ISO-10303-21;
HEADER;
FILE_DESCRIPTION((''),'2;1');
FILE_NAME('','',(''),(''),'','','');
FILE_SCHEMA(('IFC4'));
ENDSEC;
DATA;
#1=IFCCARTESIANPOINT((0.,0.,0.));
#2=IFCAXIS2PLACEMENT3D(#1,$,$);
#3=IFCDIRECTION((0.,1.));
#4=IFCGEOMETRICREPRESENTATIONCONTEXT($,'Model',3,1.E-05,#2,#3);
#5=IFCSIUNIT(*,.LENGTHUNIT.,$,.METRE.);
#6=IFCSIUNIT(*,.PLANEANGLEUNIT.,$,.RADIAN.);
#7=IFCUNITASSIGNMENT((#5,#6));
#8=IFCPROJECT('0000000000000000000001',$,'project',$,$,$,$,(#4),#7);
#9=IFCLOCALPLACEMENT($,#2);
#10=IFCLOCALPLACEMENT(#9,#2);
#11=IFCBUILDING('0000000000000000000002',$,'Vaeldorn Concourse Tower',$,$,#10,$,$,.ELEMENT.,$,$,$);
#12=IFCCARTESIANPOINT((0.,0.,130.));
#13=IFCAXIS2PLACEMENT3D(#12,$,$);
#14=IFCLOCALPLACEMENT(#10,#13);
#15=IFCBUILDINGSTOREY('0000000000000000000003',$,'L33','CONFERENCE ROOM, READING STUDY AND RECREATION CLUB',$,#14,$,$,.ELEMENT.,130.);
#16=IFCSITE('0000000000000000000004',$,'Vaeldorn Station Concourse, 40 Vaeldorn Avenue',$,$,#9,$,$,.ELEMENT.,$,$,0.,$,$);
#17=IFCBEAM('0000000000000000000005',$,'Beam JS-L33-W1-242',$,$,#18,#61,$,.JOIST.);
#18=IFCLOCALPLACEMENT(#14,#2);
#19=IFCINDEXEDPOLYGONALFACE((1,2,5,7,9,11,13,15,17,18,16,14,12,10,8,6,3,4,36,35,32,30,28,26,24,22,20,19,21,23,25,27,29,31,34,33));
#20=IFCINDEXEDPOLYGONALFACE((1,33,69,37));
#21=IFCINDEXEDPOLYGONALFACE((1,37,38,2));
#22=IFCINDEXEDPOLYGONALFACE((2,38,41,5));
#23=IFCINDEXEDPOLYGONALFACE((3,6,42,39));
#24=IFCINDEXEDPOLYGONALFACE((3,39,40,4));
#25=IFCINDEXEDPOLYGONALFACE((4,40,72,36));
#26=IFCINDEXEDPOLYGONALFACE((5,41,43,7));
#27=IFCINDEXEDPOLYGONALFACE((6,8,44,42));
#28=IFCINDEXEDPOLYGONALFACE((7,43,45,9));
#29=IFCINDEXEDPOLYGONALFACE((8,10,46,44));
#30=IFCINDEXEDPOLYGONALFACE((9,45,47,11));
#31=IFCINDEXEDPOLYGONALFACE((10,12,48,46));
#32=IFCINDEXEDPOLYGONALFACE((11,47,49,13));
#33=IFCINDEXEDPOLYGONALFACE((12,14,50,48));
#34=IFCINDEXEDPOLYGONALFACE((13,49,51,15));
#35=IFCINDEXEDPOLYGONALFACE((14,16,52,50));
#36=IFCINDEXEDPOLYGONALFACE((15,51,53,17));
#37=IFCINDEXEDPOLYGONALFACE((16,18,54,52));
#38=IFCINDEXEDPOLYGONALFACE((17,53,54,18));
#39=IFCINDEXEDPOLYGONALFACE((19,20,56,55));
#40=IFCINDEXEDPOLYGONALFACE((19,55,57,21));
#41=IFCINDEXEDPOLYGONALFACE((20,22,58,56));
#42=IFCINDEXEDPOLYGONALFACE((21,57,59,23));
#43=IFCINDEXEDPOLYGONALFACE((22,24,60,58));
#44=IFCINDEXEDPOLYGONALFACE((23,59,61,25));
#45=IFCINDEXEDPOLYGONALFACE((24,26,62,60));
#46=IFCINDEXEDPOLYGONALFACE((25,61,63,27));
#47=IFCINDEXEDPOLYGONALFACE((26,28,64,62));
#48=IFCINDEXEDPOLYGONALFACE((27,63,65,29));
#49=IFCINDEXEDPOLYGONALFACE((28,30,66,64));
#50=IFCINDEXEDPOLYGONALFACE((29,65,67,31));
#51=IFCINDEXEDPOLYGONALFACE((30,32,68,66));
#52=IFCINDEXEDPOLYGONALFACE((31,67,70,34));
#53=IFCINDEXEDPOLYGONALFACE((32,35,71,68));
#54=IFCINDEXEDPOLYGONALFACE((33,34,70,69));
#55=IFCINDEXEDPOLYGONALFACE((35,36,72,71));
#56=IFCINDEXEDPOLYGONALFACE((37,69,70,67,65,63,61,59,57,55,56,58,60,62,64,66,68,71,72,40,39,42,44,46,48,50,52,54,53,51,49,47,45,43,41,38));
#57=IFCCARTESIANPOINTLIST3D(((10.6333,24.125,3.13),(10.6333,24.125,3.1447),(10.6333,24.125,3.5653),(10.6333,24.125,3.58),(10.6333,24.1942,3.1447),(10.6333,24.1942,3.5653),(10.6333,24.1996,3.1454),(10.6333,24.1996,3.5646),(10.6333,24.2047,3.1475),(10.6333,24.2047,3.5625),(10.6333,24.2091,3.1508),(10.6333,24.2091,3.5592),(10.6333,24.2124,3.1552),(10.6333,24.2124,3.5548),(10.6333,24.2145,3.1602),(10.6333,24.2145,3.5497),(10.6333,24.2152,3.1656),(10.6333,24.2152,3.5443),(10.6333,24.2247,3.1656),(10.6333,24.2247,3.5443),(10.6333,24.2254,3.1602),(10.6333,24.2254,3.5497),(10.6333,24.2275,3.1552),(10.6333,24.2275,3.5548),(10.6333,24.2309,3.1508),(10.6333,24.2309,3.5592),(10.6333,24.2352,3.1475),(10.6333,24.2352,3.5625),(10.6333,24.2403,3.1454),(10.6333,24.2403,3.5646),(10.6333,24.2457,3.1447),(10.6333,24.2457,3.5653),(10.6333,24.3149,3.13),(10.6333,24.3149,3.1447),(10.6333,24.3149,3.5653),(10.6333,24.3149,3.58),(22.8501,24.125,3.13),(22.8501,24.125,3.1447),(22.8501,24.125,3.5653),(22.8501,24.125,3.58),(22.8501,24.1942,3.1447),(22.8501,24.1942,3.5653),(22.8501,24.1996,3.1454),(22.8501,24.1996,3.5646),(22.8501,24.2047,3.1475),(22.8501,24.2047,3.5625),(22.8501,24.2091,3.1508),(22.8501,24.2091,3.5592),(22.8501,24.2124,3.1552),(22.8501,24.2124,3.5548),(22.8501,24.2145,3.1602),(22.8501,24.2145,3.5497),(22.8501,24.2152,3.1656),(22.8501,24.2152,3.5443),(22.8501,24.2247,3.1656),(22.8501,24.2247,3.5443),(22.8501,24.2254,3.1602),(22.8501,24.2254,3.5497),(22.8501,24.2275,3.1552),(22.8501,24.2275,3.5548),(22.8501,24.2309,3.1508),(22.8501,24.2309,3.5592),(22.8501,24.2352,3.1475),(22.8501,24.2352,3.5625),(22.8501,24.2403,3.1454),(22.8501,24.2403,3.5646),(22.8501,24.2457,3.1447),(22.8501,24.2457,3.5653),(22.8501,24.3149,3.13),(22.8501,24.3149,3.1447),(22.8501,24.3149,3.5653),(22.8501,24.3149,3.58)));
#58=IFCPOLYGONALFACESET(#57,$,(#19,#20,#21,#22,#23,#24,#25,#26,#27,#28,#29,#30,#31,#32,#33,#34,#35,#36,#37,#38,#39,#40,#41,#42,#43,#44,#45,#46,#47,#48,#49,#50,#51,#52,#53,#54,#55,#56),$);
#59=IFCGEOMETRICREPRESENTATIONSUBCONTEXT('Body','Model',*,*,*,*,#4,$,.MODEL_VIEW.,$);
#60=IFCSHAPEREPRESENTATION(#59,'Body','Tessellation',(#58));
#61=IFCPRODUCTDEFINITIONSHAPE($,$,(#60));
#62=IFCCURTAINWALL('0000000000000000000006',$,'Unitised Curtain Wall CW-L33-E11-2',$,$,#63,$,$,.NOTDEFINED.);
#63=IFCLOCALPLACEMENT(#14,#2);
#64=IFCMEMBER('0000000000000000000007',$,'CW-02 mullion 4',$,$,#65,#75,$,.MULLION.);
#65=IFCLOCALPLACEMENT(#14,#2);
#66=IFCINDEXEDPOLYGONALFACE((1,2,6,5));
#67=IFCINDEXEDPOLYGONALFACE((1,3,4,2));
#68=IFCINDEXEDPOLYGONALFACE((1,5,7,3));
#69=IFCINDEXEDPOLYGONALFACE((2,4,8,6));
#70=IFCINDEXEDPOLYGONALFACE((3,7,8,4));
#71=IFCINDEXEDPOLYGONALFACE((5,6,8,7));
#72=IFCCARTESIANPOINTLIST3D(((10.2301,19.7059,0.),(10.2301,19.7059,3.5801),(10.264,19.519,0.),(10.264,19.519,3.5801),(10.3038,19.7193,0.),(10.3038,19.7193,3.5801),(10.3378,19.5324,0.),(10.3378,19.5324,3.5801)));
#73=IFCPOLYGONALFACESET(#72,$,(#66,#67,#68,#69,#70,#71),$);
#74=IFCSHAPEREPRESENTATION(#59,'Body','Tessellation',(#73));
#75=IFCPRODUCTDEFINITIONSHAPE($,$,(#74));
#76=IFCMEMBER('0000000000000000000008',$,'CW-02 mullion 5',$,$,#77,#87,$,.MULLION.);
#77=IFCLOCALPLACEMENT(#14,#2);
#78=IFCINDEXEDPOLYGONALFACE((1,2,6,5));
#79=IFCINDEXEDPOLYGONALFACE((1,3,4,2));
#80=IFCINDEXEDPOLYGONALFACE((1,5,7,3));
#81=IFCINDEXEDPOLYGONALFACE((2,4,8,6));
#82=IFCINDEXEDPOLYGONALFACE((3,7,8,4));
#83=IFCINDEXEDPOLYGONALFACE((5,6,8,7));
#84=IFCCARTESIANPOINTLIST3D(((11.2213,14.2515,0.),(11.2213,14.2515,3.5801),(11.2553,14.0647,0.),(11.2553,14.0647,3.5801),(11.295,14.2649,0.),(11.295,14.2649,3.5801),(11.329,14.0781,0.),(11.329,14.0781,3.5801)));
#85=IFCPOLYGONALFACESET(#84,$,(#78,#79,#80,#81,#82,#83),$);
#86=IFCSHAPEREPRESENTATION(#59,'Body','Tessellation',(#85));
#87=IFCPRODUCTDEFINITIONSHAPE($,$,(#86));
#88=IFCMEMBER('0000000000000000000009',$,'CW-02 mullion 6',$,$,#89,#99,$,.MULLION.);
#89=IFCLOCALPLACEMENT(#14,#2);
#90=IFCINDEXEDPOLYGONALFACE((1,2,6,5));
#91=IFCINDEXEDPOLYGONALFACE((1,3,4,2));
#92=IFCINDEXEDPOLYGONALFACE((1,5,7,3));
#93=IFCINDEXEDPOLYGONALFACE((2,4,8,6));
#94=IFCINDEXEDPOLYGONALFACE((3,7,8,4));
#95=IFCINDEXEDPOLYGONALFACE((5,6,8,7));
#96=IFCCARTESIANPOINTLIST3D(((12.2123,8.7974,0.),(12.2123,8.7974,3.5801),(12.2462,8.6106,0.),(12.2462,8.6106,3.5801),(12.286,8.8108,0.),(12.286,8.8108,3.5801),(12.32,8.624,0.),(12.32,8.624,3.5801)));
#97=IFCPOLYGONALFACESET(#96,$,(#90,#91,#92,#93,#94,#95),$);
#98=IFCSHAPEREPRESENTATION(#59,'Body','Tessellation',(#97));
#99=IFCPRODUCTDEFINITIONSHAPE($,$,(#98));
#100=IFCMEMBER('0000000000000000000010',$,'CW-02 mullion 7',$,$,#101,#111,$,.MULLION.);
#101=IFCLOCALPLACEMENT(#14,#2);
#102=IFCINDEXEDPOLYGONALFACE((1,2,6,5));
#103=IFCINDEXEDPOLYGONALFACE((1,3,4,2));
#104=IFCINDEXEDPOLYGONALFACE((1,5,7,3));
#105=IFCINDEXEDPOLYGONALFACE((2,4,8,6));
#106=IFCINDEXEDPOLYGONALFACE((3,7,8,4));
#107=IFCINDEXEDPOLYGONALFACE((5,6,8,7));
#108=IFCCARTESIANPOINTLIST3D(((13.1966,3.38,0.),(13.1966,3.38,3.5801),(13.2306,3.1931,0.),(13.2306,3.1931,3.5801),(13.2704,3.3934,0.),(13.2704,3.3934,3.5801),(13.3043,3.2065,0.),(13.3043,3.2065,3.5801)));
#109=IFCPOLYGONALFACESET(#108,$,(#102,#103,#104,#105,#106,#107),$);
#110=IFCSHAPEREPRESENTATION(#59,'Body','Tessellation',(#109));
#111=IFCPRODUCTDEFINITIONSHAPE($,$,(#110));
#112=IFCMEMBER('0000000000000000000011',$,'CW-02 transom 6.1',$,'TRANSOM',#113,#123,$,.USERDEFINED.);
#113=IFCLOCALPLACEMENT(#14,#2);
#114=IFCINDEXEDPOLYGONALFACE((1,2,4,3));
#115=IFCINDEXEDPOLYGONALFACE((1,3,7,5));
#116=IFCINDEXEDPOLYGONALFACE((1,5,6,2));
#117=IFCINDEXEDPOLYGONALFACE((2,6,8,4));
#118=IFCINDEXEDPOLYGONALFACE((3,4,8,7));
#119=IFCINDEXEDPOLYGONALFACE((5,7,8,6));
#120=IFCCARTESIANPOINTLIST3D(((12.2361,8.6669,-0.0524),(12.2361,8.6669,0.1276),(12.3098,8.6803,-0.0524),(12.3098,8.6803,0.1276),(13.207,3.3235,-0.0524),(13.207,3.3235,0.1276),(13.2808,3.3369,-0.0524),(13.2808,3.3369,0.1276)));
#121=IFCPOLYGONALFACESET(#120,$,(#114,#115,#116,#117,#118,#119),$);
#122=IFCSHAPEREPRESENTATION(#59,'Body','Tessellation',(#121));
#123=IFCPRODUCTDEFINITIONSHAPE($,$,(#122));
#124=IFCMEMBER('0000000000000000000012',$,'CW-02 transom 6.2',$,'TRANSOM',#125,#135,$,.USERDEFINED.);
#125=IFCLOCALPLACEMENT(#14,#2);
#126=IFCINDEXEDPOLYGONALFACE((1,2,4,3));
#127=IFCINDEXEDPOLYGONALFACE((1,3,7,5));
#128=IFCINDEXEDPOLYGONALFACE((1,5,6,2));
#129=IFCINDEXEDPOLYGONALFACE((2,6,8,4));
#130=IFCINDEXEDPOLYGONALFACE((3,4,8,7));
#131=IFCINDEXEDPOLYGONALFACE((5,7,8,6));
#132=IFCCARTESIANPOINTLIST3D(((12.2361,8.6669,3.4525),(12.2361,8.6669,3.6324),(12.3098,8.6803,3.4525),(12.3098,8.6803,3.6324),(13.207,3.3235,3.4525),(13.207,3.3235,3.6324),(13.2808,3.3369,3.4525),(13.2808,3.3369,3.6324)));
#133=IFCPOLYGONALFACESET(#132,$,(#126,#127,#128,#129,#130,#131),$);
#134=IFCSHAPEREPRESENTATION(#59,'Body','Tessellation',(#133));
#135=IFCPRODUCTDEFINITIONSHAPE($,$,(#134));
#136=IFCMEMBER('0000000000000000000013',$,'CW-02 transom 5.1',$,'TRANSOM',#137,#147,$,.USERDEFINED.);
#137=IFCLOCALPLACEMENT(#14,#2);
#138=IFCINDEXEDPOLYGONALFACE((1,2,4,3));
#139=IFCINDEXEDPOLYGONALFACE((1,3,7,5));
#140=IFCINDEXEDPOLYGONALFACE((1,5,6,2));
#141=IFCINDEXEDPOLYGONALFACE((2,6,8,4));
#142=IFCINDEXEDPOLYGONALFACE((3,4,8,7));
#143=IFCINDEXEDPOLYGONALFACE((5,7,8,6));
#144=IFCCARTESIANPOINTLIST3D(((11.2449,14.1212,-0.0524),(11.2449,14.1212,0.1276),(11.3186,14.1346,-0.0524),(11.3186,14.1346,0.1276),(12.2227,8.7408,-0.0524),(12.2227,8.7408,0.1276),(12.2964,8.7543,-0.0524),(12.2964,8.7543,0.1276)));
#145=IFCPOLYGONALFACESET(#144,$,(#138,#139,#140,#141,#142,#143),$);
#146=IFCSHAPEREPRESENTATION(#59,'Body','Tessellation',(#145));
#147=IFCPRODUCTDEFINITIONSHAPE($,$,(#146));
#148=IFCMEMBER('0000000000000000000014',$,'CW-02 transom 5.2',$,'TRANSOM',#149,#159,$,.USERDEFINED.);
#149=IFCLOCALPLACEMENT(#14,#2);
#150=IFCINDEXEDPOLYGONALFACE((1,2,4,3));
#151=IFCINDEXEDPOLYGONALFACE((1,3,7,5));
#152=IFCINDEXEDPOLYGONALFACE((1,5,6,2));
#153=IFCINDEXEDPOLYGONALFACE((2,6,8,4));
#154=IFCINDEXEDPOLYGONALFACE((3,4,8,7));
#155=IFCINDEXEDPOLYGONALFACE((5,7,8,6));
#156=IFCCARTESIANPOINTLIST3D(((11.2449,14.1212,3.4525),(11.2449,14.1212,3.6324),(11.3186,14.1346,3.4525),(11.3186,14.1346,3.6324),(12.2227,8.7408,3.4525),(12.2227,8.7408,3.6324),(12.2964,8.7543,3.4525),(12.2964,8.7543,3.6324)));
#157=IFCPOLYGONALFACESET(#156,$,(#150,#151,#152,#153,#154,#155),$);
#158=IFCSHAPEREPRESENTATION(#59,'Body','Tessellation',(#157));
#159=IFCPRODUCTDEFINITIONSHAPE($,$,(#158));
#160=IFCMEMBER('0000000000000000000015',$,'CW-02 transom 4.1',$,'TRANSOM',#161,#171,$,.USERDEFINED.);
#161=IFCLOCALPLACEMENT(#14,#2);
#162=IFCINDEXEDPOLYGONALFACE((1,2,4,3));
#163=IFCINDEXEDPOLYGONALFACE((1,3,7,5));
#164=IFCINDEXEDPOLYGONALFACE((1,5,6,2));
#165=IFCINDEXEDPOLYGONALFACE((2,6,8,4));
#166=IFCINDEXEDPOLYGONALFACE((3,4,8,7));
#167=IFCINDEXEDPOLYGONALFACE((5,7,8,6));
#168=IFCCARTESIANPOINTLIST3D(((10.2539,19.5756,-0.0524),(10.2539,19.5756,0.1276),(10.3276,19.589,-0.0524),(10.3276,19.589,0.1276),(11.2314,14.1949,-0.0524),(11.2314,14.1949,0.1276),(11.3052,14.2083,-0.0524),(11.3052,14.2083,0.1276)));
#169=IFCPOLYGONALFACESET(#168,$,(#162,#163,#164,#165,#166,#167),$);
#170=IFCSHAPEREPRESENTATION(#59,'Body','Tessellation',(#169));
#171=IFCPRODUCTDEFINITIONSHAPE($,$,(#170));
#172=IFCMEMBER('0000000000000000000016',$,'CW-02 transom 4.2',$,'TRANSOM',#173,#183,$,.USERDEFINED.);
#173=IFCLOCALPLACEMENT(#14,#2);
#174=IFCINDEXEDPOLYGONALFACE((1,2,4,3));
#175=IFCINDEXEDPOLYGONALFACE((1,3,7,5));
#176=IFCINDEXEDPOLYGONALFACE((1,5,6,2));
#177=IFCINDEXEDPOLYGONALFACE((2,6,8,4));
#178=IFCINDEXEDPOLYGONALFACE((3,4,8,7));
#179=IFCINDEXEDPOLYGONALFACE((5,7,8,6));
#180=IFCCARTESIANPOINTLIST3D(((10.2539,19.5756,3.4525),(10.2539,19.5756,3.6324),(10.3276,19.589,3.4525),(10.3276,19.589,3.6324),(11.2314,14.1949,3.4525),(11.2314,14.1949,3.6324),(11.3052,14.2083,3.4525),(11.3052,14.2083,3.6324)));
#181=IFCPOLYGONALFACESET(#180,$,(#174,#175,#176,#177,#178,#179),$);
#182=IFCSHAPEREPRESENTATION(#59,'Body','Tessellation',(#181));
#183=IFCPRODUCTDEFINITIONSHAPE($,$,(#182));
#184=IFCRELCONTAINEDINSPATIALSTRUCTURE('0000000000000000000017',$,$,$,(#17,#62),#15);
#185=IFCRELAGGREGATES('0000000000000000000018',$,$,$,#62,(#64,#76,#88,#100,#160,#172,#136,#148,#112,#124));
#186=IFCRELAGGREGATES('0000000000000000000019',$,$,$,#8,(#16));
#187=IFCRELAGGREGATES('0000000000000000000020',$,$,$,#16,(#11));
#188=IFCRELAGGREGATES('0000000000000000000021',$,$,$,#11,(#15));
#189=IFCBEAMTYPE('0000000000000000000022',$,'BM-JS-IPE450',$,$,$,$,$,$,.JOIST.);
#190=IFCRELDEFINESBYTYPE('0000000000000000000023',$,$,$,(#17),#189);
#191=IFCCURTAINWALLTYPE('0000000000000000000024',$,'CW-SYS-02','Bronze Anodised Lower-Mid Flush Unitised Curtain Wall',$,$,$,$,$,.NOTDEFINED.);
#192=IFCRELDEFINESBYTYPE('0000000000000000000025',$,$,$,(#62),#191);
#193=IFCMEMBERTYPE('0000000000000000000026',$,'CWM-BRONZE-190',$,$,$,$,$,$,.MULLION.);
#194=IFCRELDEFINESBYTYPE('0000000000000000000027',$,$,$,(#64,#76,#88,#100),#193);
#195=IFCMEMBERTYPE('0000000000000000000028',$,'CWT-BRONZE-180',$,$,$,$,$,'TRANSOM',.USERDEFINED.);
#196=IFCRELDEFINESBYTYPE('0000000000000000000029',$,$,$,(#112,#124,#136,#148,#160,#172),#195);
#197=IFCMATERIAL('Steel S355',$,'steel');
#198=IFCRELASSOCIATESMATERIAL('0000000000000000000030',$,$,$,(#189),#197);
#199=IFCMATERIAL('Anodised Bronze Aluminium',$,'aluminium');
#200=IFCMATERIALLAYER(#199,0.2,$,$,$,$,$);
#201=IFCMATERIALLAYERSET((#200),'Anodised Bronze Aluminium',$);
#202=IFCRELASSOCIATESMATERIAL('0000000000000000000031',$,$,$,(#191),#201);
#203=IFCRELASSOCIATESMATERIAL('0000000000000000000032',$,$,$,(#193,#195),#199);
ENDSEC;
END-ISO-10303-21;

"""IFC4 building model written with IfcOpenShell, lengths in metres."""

from ifc_helpers import new_model, si_unit, direction, frame, origin, origin_2d, place, context, subcontext, project, spatial, rectangle, i_section, extrude, source, transform, mapped, material, layer, layer_set, material_profile, profile_set, type_object, element, aggregate, save


model = new_model("IFC4")

# Units and contexts
model_context = context("Model", 3, precision=1e-05, world=origin(), true_north=direction((0.0, 1.0)))
body_context = subcontext(model_context, "Body", "Model", "MODEL_VIEW")
ifc_project = project(units=[si_unit("LENGTHUNIT", "METRE"), si_unit("PLANEANGLEUNIT", "RADIAN")], contexts=[model_context])

# Site, building, storey
site_placement = place(None, origin())
site = spatial("IfcSite", under=ifc_project, at=site_placement, Name="Vaeldorn Station Concourse, 40 Vaeldorn Avenue", CompositionType="ELEMENT", RefElevation=0.0)
building_placement = place(site_placement, origin())
building = spatial("IfcBuilding", under=site, at=building_placement, Name="Vaeldorn Concourse Tower", CompositionType="ELEMENT")
storey_placement = place(building_placement, frame((0.0, 0.0, 130.0)))
storey = spatial("IfcBuildingStorey", under=building, at=storey_placement, Name="L33", Description="CONFERENCE ROOM, READING STUDY AND RECREATION CLUB", CompositionType="ELEMENT", Elevation=130.0)

# Beam
ifc_material_1 = material(Name="Steel S355", Category="steel")
ifc_material_profile_1 = material_profile(ifc_material_1, i_section(OverallWidth=0.1899, OverallDepth=0.45, WebThickness=0.0095, FlangeThickness=0.0146, FilletRadius=0.021, at=origin_2d()), Name="IPE 450")
ifc_profile_set_1 = profile_set([ifc_material_profile_1], Name="Steel S355")
beam_type_1 = type_object("IfcBeamType", Name="BM-JS-IPE450", PredefinedType="JOIST", material=ifc_profile_set_1)
shared_shape_1 = source(origin(), body_context, "Body", "SweptSolid", [
    extrude(i_section(OverallWidth=0.1899, OverallDepth=0.45, WebThickness=0.0095, FlangeThickness=0.0146, FilletRadius=0.021, at=origin_2d()), origin(), (0.0, 0.0, 1.0), 12.2168),
])
beam_1_placement = place(storey_placement, frame((10.6333, 24.22, 3.355), z_axis=(1.0, 0.0, 0.0), x_axis=(0.0, 1.0, 0.0)))
element("IfcBeam", 1, at=beam_1_placement, inside=storey, type_object=beam_type_1, Name="Beam JS-L33-W1-242", PredefinedType="JOIST", context=body_context, shape_type="MappedRepresentation", body=[
    mapped(shared_shape_1, transform((0.0, 0.0, 0.0), scale=1.0)),
])

# Curtain wall, members
ifc_material_2 = material(Name="Anodised Bronze Aluminium", Category="aluminium")
ifc_layer_1 = layer(ifc_material_2, 0.2)
ifc_layer_set_1 = layer_set([ifc_layer_1], Name="Anodised Bronze Aluminium")
curtain_wall_type = type_object("IfcCurtainWallType", Name="CW-SYS-02", Description="Bronze Anodised Lower-Mid Flush Unitised Curtain Wall", PredefinedType="NOTDEFINED", material=ifc_layer_set_1)
curtain_wall_placement = place(storey_placement, origin())
curtain_wall = element("IfcCurtainWall", 2, at=curtain_wall_placement, inside=storey, type_object=curtain_wall_type, Name="Unitised Curtain Wall CW-L33-E11-2", PredefinedType="NOTDEFINED")
ifc_material_profile_2 = material_profile(ifc_material_2, rectangle(XDim=0.075, YDim=0.1899, at=origin_2d()), Name="CWM 75x190")
ifc_profile_set_2 = profile_set([ifc_material_profile_2], Name="Anodised Bronze Aluminium")
member_type_1 = type_object("IfcMemberType", Name="CWM-BRONZE-190", PredefinedType="MULLION", material=ifc_profile_set_2)
shared_shape_2 = source(origin(), body_context, "Body", "SweptSolid", [
    extrude(rectangle(XDim=0.075, YDim=0.1899, at=origin_2d()), origin(), (0.0, 0.0, 1.0), 3.5801),
])
member_1_placement = place(storey_placement, frame((10.2839, 19.6191, 0.0), z_axis=(0.0, 0.0, 1.0), x_axis=(0.98389, 0.178774, 0.0)))
member_1 = element("IfcMember", 3, at=member_1_placement, type_object=member_type_1, Name="CW-02 mullion 4", PredefinedType="MULLION", context=body_context, shape_type="MappedRepresentation", body=[
    mapped(shared_shape_2, transform((0.0, 0.0, 0.0), scale=1.0)),
])
member_2_placement = place(storey_placement, frame((11.2751, 14.1648, 0.0), z_axis=(0.0, 0.0, 1.0), x_axis=(0.98389, 0.178774, 0.0)))
member_2 = element("IfcMember", 4, at=member_2_placement, type_object=member_type_1, Name="CW-02 mullion 5", PredefinedType="MULLION", context=body_context, shape_type="MappedRepresentation", body=[
    mapped(shared_shape_2, transform((0.0, 0.0, 0.0), scale=1.0)),
])
member_3_placement = place(storey_placement, frame((12.2661, 8.7107, 0.0), z_axis=(0.0, 0.0, 1.0), x_axis=(0.98389, 0.178774, 0.0)))
member_3 = element("IfcMember", 5, at=member_3_placement, type_object=member_type_1, Name="CW-02 mullion 6", PredefinedType="MULLION", context=body_context, shape_type="MappedRepresentation", body=[
    mapped(shared_shape_2, transform((0.0, 0.0, 0.0), scale=1.0)),
])
member_4_placement = place(storey_placement, frame((13.2505, 3.2932, 0.0), z_axis=(0.0, 0.0, 1.0), x_axis=(0.98389, 0.178774, 0.0)))
member_4 = element("IfcMember", 6, at=member_4_placement, type_object=member_type_1, Name="CW-02 mullion 7", PredefinedType="MULLION", context=body_context, shape_type="MappedRepresentation", body=[
    mapped(shared_shape_2, transform((0.0, 0.0, 0.0), scale=1.0)),
])
ifc_material_profile_3 = material_profile(ifc_material_2, rectangle(XDim=0.075, YDim=0.1799, at=origin_2d()), Name="CWT 75x180")
ifc_profile_set_3 = profile_set([ifc_material_profile_3], Name="Anodised Bronze Aluminium")
member_type_2 = type_object("IfcMemberType", Name="CWT-BRONZE-180", ElementType="TRANSOM", PredefinedType="USERDEFINED", material=ifc_profile_set_3)
shared_shape_3 = source(origin(), body_context, "Body", "SweptSolid", [
    extrude(rectangle(XDim=0.075, YDim=0.1799, at=origin_2d()), origin(), (0.0, 0.0, 1.0), 5.4309),
])
member_5_placement = place(storey_placement, frame((12.2729, 8.6736, 0.0376), z_axis=(0.178779, -0.983889, 0.0), x_axis=(0.983889, 0.178779, 0.0)))
member_5 = element("IfcMember", 7, at=member_5_placement, type_object=member_type_2, Name="CW-02 transom 6.1", ObjectType="TRANSOM", PredefinedType="USERDEFINED", context=body_context, shape_type="MappedRepresentation", body=[
    mapped(shared_shape_3, transform((0.0, 0.0, 0.0), scale=1.0)),
])
member_6_placement = place(storey_placement, frame((12.2729, 8.6736, 3.5425), z_axis=(0.178779, -0.983889, 0.0), x_axis=(0.983889, 0.178779, 0.0)))
member_6 = element("IfcMember", 8, at=member_6_placement, type_object=member_type_2, Name="CW-02 transom 6.2", ObjectType="TRANSOM", PredefinedType="USERDEFINED", context=body_context, shape_type="MappedRepresentation", body=[
    mapped(shared_shape_3, transform((0.0, 0.0, 0.0), scale=1.0)),
])
shared_shape_4 = source(origin(), body_context, "Body", "SweptSolid", [
    extrude(rectangle(XDim=0.075, YDim=0.1799, at=origin_2d()), origin(), (0.0, 0.0, 1.0), 5.4685),
])
member_7_placement = place(storey_placement, frame((11.2817, 14.1279, 0.0376), z_axis=(0.178803, -0.983885, 0.0), x_axis=(0.983885, 0.178803, 0.0)))
member_7 = element("IfcMember", 9, at=member_7_placement, type_object=member_type_2, Name="CW-02 transom 5.1", ObjectType="TRANSOM", PredefinedType="USERDEFINED", context=body_context, shape_type="MappedRepresentation", body=[
    mapped(shared_shape_4, transform((0.0, 0.0, 0.0), scale=1.0)),
])
member_8_placement = place(storey_placement, frame((11.2817, 14.1279, 3.5425), z_axis=(0.178803, -0.983885, 0.0), x_axis=(0.983885, 0.178803, 0.0)))
member_8 = element("IfcMember", 10, at=member_8_placement, type_object=member_type_2, Name="CW-02 transom 5.2", ObjectType="TRANSOM", PredefinedType="USERDEFINED", context=body_context, shape_type="MappedRepresentation", body=[
    mapped(shared_shape_4, transform((0.0, 0.0, 0.0), scale=1.0)),
])
shared_shape_5 = source(origin(), body_context, "Body", "SweptSolid", [
    extrude(rectangle(XDim=0.075, YDim=0.1799, at=origin_2d()), origin(), (0.0, 0.0, 1.0), 5.4688),
])
member_9_placement = place(storey_placement, frame((10.2908, 19.5823, 0.0376), z_axis=(0.178752, -0.983894, 0.0), x_axis=(0.983894, 0.178752, 0.0)))
member_9 = element("IfcMember", 11, at=member_9_placement, type_object=member_type_2, Name="CW-02 transom 4.1", ObjectType="TRANSOM", PredefinedType="USERDEFINED", context=body_context, shape_type="MappedRepresentation", body=[
    mapped(shared_shape_5, transform((0.0, 0.0, 0.0), scale=1.0)),
])
member_10_placement = place(storey_placement, frame((10.2908, 19.5823, 3.5425), z_axis=(0.178752, -0.983894, 0.0), x_axis=(0.983894, 0.178752, 0.0)))
member_10 = element("IfcMember", 12, at=member_10_placement, type_object=member_type_2, Name="CW-02 transom 4.2", ObjectType="TRANSOM", PredefinedType="USERDEFINED", context=body_context, shape_type="MappedRepresentation", body=[
    mapped(shared_shape_5, transform((0.0, 0.0, 0.0), scale=1.0)),
])
aggregate(curtain_wall, [member_1, member_2, member_3, member_4, member_9, member_10, member_7, member_8, member_5, member_6])

save(model, "model.ifc")
